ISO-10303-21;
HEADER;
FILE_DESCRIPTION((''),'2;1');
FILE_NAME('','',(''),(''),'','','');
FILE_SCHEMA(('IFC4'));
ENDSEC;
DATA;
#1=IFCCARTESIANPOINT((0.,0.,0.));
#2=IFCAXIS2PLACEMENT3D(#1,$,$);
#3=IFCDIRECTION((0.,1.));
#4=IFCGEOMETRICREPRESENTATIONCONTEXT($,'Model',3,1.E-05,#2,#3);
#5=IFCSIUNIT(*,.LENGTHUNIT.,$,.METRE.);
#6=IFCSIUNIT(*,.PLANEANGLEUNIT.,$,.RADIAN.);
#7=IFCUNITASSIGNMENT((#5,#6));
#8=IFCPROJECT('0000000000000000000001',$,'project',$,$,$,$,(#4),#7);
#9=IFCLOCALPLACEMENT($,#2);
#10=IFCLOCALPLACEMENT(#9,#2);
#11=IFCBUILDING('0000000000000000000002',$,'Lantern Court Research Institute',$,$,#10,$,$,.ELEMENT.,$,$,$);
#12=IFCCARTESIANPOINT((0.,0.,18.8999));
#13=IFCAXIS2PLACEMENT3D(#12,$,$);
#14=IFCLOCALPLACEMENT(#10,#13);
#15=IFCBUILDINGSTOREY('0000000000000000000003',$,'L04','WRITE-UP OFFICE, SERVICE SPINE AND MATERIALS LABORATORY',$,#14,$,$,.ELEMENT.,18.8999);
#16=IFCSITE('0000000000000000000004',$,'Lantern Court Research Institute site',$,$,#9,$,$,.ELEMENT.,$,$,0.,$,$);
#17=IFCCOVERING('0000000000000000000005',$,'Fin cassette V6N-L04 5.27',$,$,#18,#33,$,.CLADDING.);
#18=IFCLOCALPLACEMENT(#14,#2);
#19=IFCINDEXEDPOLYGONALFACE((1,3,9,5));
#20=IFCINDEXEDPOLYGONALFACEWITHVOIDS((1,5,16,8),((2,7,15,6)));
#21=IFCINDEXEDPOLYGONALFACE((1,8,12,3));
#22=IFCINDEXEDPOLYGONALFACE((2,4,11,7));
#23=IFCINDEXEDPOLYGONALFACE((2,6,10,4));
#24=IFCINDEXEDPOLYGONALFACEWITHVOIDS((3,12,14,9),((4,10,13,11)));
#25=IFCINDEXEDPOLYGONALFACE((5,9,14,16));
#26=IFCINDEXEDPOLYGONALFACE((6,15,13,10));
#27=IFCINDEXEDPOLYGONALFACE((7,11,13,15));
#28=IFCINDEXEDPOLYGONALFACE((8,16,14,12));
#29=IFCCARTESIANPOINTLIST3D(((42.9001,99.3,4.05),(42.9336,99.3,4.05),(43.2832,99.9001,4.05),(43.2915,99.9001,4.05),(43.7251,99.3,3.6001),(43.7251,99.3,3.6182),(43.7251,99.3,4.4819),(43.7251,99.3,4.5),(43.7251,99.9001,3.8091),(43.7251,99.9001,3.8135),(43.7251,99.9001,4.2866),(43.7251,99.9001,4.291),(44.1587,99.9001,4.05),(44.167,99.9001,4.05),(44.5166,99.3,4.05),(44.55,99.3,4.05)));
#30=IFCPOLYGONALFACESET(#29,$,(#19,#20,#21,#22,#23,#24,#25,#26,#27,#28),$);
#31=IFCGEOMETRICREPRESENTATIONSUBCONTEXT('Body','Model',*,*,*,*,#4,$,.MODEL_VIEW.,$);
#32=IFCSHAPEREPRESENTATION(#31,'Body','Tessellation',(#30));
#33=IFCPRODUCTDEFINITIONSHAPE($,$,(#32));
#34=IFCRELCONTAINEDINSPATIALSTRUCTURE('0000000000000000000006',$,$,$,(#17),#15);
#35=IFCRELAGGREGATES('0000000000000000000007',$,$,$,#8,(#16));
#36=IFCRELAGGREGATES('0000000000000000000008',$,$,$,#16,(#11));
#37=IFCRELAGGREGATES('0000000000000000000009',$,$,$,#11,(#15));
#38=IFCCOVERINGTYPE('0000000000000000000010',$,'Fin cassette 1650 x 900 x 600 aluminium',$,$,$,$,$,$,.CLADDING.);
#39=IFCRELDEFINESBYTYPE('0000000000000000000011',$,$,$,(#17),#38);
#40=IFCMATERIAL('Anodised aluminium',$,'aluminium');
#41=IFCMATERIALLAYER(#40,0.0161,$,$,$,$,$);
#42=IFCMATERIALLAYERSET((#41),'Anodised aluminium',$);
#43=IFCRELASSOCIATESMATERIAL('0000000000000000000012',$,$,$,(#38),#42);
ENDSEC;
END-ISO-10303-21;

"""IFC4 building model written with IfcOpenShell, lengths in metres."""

from ifc_helpers import new_model, entity, si_unit, direction, frame, origin, place, context, subcontext, project, spatial, material, layer, layer_set, type_object, element, save


model = new_model("IFC4")

# Units and contexts
model_context = context("Model", 3, precision=1e-05, world=origin(), true_north=direction((0.0, 1.0)))
body_context = subcontext(model_context, "Body", "Model", "MODEL_VIEW")
ifc_project = project(units=[si_unit("LENGTHUNIT", "METRE"), si_unit("PLANEANGLEUNIT", "RADIAN")], contexts=[model_context])

# Site, building, storey
site_placement = place(None, origin())
site = spatial("IfcSite", under=ifc_project, at=site_placement, Name="Lantern Court Research Institute site", CompositionType="ELEMENT", RefElevation=0.0)
building_placement = place(site_placement, origin())
building = spatial("IfcBuilding", under=site, at=building_placement, Name="Lantern Court Research Institute", CompositionType="ELEMENT")
storey_placement = place(building_placement, frame((0.0, 0.0, 18.8999)))
storey = spatial("IfcBuildingStorey", under=building, at=storey_placement, Name="L04", Description="WRITE-UP OFFICE, SERVICE SPINE AND MATERIALS LABORATORY", CompositionType="ELEMENT", Elevation=18.8999)

# Covering
ifc_material_1 = material(Name="Anodised aluminium", Category="aluminium")
ifc_layer_1 = layer(ifc_material_1, 0.0161)
ifc_layer_set_1 = layer_set([ifc_layer_1], Name="Anodised aluminium")
covering_type_1 = type_object("IfcCoveringType", Name="Fin cassette 1650 x 900 x 600 aluminium", PredefinedType="CLADDING", material=ifc_layer_set_1)
covering_1_placement = place(storey_placement, frame((43.7251, 99.3, 4.05), z_axis=(0.0, 1.0, 0.0), x_axis=(-1.0, 0.0, 0.0)))
cartesian_point_1 = entity("IfcCartesianPoint", [0.825, 0.0])
cartesian_point_2 = entity("IfcCartesianPoint", [0.7915, 0.0])
cartesian_point_3 = entity("IfcCartesianPoint", [0.4419, 0.0])
cartesian_point_4 = entity("IfcCartesianPoint", [0.4336, 0.0])
element("IfcCovering", 1, at=covering_1_placement, inside=storey, type_object=covering_type_1, Name="Fin cassette V6N-L04 5.27", PredefinedType="CLADDING", context=body_context, shape_type="SweptSolid", body=[
    entity("IfcExtrudedAreaSolidTapered", entity("IfcArbitraryProfileDefWithVoids", "AREA", None, entity("IfcPolyline", [cartesian_point_1, entity("IfcCartesianPoint", [0.0, 0.45]), entity("IfcCartesianPoint", [-0.825, 0.0]), entity("IfcCartesianPoint", [0.0, -0.45]), cartesian_point_1]), [entity("IfcPolyline", [cartesian_point_2, entity("IfcCartesianPoint", [0.0, 0.4319]), entity("IfcCartesianPoint", [-0.7915, 0.0]), entity("IfcCartesianPoint", [0.0, -0.4319]), cartesian_point_2])]), entity("IfcAxis2Placement3D", entity("IfcCartesianPoint", [0.0, 0.0, 0.0])), entity("IfcDirection", [0.0, 0.0, 1.0]), 0.6001, entity("IfcArbitraryProfileDefWithVoids", "AREA", None, entity("IfcPolyline", [cartesian_point_3, entity("IfcCartesianPoint", [0.0, 0.241]), entity("IfcCartesianPoint", [-0.4419, 0.0]), entity("IfcCartesianPoint", [0.0, -0.241]), cartesian_point_3]), [entity("IfcPolyline", [cartesian_point_4, entity("IfcCartesianPoint", [0.0, 0.2366]), entity("IfcCartesianPoint", [-0.4336, 0.0]), entity("IfcCartesianPoint", [0.0, -0.2366]), cartesian_point_4])])),
])

save(model, "model.ifc")
